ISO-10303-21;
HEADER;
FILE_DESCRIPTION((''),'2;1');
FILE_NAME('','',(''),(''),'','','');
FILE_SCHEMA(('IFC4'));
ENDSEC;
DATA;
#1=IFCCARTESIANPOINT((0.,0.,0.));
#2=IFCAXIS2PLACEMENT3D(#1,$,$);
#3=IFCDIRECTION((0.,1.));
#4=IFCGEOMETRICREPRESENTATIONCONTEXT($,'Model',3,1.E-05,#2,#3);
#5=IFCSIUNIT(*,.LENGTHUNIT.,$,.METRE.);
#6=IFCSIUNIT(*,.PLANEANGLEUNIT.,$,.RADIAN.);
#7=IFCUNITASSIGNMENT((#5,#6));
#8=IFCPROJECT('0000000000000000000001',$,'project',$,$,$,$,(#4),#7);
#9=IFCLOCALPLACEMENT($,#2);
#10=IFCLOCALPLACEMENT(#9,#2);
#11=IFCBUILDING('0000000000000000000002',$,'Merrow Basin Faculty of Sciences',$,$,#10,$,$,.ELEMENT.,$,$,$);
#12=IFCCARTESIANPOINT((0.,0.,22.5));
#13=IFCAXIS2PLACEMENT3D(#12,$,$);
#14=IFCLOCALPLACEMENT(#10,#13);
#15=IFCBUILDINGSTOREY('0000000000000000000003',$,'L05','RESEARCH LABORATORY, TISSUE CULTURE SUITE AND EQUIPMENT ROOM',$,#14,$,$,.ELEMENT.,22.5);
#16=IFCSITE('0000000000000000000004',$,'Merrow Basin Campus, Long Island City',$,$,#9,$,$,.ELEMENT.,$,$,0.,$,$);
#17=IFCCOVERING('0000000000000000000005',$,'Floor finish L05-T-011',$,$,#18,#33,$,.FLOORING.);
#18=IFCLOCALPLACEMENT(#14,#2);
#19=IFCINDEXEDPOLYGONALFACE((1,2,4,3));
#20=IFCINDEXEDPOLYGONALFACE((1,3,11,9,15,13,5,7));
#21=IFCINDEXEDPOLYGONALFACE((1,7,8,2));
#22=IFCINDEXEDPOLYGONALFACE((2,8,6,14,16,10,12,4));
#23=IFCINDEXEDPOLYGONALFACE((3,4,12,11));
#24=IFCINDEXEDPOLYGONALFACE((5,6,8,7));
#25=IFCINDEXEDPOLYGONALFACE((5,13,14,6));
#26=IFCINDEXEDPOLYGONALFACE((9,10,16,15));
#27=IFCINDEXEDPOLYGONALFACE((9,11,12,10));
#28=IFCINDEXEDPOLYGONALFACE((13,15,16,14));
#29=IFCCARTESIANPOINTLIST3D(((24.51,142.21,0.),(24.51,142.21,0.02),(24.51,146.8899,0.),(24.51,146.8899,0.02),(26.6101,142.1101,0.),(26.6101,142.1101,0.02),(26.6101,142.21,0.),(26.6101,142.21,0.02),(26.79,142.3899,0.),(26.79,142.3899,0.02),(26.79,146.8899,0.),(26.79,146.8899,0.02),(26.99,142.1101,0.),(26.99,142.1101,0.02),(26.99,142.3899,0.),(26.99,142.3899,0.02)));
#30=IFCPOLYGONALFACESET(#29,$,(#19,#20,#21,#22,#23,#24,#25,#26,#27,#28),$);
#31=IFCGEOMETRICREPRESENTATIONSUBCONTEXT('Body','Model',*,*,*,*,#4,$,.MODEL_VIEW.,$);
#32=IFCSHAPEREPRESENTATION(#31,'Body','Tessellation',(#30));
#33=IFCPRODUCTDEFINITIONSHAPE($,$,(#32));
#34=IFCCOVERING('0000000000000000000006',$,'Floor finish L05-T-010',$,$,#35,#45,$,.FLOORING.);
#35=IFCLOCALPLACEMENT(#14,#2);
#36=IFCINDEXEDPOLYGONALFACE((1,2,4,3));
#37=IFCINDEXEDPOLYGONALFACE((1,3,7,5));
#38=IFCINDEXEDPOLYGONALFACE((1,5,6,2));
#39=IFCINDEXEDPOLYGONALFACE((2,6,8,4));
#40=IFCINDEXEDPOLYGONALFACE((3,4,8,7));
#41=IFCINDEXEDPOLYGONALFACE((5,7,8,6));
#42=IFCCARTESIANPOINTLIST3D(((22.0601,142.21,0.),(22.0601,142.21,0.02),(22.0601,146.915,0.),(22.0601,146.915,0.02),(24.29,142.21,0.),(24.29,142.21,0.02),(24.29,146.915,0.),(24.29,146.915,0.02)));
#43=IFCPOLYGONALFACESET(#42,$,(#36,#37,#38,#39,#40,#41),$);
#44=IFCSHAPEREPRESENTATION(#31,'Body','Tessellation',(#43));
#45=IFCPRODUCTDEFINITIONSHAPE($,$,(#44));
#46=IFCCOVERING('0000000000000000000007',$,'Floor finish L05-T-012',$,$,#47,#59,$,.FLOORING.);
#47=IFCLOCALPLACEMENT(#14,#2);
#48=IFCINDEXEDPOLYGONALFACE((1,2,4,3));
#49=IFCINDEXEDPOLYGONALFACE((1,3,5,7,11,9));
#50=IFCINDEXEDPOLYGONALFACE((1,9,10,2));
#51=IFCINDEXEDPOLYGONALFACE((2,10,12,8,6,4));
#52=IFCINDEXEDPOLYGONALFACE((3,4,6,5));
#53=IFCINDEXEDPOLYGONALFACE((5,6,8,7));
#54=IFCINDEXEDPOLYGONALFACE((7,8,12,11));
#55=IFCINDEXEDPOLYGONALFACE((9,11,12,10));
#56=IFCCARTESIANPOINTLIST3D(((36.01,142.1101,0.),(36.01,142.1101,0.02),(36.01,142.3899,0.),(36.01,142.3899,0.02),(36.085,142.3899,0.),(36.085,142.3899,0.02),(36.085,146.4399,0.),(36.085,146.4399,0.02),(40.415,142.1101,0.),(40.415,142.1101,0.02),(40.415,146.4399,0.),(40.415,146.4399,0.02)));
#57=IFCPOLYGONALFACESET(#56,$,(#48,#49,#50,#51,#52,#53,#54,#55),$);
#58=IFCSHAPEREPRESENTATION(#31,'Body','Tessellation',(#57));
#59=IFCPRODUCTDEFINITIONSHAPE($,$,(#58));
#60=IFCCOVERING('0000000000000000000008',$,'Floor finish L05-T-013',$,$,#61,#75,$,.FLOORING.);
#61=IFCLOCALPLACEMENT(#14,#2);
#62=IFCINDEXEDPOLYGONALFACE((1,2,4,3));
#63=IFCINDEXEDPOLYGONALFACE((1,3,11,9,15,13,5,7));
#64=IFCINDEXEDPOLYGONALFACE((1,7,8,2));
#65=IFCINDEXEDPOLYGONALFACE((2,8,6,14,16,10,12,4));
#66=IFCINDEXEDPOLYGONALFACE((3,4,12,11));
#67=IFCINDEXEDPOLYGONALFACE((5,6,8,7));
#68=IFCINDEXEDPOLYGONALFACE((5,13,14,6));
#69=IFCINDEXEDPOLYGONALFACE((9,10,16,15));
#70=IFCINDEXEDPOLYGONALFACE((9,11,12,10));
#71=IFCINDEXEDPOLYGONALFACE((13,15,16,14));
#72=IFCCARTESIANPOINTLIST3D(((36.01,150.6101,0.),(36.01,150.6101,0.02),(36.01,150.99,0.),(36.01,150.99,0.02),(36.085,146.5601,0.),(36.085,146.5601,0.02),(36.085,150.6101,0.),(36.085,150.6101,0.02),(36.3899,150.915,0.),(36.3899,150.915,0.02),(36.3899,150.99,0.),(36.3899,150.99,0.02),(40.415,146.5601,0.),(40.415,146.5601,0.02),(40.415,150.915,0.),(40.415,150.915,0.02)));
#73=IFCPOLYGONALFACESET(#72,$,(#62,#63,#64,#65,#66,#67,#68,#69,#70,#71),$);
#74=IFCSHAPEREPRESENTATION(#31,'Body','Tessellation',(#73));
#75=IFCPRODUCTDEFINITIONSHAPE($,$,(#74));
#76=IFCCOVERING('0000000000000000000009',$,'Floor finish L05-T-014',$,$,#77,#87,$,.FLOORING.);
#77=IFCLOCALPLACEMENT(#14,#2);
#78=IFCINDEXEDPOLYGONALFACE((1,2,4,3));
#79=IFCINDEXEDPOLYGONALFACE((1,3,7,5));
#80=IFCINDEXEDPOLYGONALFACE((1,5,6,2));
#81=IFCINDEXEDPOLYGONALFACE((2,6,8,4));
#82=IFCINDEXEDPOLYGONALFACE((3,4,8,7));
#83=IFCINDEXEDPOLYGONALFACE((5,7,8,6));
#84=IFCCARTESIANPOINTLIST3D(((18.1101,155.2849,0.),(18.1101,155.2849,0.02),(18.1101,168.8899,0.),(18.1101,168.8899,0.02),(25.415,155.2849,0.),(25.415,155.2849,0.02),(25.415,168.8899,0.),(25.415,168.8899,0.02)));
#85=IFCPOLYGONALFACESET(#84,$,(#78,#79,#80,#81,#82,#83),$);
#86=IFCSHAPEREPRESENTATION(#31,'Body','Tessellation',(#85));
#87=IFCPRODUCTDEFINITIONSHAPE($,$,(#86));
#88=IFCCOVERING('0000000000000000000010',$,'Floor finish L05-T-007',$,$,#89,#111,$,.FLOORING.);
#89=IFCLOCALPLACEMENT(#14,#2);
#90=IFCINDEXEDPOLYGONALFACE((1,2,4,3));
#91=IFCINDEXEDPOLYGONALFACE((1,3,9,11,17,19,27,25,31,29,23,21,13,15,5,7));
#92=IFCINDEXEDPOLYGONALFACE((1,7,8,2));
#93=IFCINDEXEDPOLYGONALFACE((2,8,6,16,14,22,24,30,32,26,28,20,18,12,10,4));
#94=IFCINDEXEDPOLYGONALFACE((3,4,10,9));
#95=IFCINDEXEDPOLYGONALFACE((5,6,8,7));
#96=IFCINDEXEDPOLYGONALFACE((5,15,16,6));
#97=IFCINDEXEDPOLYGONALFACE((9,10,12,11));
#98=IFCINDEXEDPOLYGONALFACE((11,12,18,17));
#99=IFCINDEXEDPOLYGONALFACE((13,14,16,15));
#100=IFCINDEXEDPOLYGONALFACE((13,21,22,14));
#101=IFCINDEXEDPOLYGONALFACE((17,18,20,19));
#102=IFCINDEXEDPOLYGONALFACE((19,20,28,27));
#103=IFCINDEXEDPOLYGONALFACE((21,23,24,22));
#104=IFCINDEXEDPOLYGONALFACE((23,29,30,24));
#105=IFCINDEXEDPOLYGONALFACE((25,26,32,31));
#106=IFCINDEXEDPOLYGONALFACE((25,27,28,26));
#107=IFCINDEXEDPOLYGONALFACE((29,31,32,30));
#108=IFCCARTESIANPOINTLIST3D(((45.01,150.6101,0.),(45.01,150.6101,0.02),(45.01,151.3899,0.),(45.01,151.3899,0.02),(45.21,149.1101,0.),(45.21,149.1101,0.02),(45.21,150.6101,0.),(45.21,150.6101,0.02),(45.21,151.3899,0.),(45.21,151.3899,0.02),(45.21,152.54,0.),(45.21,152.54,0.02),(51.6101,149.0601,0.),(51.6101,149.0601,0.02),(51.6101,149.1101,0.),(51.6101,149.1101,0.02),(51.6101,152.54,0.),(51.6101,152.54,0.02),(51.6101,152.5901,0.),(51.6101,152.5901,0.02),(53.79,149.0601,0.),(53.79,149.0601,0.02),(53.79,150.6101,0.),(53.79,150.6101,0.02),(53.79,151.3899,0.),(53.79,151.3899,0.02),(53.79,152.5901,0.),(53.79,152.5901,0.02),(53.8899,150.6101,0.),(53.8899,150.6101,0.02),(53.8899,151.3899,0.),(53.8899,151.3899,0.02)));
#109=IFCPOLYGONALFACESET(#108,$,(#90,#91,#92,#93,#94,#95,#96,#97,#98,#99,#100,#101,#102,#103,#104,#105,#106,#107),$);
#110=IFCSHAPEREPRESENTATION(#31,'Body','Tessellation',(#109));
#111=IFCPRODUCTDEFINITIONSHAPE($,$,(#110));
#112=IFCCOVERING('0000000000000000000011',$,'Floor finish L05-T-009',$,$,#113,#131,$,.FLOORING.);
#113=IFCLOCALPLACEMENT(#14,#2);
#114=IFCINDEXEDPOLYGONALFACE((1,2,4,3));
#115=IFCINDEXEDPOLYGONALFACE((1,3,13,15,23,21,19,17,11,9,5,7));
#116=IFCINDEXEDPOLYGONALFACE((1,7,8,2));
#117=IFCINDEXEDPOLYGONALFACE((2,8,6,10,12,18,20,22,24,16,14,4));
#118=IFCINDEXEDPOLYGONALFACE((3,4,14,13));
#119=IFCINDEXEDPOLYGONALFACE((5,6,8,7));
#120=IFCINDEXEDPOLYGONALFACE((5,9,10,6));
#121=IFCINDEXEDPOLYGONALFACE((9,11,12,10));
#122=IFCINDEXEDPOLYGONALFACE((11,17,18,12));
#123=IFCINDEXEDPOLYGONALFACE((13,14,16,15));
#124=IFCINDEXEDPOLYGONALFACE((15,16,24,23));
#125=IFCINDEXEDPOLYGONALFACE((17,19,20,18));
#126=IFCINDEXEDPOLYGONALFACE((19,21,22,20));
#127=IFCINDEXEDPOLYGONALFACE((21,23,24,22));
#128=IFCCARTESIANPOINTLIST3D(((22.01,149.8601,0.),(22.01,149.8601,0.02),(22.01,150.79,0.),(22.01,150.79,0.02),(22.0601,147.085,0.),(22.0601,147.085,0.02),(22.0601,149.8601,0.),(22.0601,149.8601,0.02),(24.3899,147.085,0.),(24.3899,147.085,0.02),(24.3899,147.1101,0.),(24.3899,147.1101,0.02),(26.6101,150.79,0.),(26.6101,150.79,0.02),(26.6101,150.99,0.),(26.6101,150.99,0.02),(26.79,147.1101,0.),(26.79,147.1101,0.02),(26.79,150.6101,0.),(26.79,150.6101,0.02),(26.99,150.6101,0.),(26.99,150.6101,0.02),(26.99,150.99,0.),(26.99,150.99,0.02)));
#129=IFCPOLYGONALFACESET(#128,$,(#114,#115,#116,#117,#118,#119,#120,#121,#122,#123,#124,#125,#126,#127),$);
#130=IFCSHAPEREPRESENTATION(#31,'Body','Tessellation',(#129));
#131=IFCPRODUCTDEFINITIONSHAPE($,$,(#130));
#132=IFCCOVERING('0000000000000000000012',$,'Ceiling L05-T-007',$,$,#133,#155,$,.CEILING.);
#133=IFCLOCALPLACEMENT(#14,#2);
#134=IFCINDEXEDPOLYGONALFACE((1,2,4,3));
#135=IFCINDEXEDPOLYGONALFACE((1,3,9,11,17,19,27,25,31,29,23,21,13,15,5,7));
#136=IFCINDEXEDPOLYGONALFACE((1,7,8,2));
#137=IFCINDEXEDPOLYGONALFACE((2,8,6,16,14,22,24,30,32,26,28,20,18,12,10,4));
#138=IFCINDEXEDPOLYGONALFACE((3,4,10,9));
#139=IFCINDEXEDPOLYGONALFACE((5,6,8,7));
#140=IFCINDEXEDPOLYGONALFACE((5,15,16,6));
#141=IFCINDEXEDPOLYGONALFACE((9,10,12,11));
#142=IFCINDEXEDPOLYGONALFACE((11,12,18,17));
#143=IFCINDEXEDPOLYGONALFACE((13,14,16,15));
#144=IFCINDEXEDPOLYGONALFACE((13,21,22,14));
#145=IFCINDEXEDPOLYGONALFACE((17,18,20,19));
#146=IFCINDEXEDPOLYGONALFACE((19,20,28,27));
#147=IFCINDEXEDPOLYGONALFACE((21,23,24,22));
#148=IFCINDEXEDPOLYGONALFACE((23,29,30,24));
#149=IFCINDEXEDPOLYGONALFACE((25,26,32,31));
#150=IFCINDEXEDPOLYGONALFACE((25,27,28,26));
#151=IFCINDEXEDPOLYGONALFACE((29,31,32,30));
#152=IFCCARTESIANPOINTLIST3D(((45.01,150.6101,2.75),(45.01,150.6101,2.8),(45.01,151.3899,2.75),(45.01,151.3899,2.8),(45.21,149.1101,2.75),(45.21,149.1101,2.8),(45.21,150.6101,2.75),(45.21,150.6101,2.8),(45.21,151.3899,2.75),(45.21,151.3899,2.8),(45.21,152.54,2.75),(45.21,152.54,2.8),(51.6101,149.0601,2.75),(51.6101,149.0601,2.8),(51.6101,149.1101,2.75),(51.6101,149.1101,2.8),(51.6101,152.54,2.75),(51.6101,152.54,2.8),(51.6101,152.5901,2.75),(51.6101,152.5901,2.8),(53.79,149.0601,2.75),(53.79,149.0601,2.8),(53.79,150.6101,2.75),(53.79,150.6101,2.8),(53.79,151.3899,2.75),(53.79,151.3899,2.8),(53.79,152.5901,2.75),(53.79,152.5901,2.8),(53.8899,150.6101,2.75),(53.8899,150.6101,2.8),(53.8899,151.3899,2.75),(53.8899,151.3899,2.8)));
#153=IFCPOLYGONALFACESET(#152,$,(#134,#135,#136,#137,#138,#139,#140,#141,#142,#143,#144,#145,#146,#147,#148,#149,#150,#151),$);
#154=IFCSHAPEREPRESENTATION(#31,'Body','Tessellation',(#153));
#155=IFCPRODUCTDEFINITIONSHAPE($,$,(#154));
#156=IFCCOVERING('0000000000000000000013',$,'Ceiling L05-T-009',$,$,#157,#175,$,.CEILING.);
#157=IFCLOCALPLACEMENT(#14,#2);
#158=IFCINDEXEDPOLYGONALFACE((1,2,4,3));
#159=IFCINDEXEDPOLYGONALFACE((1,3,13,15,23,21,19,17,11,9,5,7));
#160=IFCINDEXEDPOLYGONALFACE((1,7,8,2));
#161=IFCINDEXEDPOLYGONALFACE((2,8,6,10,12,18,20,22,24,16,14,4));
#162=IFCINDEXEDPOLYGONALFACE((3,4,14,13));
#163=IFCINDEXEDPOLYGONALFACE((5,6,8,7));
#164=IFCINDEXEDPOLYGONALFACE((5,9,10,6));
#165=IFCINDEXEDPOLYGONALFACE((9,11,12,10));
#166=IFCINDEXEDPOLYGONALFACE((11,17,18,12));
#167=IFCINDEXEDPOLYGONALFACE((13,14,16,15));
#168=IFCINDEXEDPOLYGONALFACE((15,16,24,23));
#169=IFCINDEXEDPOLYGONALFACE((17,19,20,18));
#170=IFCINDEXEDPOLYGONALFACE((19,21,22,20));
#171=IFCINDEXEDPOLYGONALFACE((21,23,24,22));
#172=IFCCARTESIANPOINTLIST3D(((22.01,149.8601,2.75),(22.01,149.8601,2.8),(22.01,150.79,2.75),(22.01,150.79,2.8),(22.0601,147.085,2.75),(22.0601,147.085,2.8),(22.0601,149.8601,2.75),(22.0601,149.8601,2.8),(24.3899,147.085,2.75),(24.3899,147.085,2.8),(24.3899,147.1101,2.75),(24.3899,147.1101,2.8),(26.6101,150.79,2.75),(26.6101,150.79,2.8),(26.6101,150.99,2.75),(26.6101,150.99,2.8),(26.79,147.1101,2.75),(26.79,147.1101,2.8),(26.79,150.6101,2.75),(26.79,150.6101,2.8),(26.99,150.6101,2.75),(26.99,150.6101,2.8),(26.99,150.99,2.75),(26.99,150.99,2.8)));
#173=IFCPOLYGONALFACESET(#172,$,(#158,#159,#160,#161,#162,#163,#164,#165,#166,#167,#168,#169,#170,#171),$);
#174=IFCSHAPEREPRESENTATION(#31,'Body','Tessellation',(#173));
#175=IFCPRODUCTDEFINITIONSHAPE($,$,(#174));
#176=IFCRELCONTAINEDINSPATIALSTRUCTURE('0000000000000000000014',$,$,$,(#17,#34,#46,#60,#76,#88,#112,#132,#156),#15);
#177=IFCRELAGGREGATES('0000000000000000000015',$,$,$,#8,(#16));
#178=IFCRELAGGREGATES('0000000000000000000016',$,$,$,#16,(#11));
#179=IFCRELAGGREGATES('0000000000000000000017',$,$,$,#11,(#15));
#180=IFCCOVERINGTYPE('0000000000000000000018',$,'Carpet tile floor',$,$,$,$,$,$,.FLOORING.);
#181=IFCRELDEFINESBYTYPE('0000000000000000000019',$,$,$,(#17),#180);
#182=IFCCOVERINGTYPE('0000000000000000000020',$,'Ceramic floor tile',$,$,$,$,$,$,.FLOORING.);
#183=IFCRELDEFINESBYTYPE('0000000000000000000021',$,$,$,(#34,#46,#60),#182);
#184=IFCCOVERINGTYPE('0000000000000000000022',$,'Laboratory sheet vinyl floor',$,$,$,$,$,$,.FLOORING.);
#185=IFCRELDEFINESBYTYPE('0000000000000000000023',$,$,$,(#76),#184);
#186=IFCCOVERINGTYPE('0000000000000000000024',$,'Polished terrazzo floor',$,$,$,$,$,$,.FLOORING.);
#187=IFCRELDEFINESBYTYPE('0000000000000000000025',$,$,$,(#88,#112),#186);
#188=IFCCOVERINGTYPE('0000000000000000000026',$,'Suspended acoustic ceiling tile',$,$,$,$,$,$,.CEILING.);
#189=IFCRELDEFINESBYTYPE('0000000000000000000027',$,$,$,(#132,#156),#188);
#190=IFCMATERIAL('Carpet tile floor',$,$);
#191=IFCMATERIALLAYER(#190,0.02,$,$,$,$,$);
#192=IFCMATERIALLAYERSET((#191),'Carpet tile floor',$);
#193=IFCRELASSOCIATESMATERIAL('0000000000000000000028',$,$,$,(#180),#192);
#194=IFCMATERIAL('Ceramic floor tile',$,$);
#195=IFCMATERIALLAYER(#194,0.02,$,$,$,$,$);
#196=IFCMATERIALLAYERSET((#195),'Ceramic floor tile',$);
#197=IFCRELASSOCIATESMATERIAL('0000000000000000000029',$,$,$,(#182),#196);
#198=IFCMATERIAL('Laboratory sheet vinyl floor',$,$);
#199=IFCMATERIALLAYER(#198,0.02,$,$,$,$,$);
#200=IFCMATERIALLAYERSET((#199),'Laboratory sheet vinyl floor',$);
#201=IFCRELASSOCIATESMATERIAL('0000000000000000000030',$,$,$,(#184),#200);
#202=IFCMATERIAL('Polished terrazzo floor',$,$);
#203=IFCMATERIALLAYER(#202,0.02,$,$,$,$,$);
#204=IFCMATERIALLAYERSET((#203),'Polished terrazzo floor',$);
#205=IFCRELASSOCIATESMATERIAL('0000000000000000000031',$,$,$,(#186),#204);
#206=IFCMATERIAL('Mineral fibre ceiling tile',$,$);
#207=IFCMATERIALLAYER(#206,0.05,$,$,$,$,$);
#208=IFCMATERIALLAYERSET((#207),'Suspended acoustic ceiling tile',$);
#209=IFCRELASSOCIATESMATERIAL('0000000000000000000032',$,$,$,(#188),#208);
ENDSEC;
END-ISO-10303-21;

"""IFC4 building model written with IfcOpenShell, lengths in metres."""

from ifc_helpers import new_model, si_unit, direction, frame, origin, place, context, subcontext, project, spatial, polyline, outline, extrude, material, layer, layer_set, type_object, element, save


model = new_model("IFC4")

# Units and contexts
model_context = context("Model", 3, precision=1e-05, world=origin(), true_north=direction((0.0, 1.0)))
body_context = subcontext(model_context, "Body", "Model", "MODEL_VIEW")
ifc_project = project(units=[si_unit("LENGTHUNIT", "METRE"), si_unit("PLANEANGLEUNIT", "RADIAN")], contexts=[model_context])

# Site, building, storey
site_placement = place(None, origin())
site = spatial("IfcSite", under=ifc_project, at=site_placement, Name="Merrow Basin Campus, Long Island City", CompositionType="ELEMENT", RefElevation=0.0)
building_placement = place(site_placement, origin())
building = spatial("IfcBuilding", under=site, at=building_placement, Name="Merrow Basin Faculty of Sciences", CompositionType="ELEMENT")
storey_placement = place(building_placement, frame((0.0, 0.0, 22.5)))
storey = spatial("IfcBuildingStorey", under=building, at=storey_placement, Name="L05", Description="RESEARCH LABORATORY, TISSUE CULTURE SUITE AND EQUIPMENT ROOM", CompositionType="ELEMENT", Elevation=22.5)

# Coverings
ifc_material_1 = material(Name="Carpet tile floor")
ifc_layer_1 = layer(ifc_material_1, 0.02)
ifc_layer_set_1 = layer_set([ifc_layer_1], Name="Carpet tile floor")
covering_type_1 = type_object("IfcCoveringType", Name="Carpet tile floor", PredefinedType="FLOORING", material=ifc_layer_set_1)
covering_1_placement = place(storey_placement, origin())
element("IfcCovering", 1, at=covering_1_placement, inside=storey, type_object=covering_type_1, Name="Floor finish L05-T-011", PredefinedType="FLOORING", context=body_context, shape_type="SweptSolid", body=[
    extrude(outline(polyline([(26.99, 142.1101), (26.6101, 142.1101), (26.6101, 142.21), (24.51, 142.21), (24.51, 146.8899), (26.79, 146.8899), (26.79, 142.3899), (26.99, 142.3899), (26.99, 142.1101)])), origin(), (0.0, 0.0, 1.0), 0.02),
])
ifc_material_2 = material(Name="Ceramic floor tile")
ifc_layer_2 = layer(ifc_material_2, 0.02)
ifc_layer_set_2 = layer_set([ifc_layer_2], Name="Ceramic floor tile")
covering_type_2 = type_object("IfcCoveringType", Name="Ceramic floor tile", PredefinedType="FLOORING", material=ifc_layer_set_2)
covering_2_placement = place(storey_placement, origin())
element("IfcCovering", 2, at=covering_2_placement, inside=storey, type_object=covering_type_2, Name="Floor finish L05-T-010", PredefinedType="FLOORING", context=body_context, shape_type="SweptSolid", body=[
    extrude(outline(polyline([(24.29, 146.915), (24.29, 142.21), (22.0601, 142.21), (22.0601, 146.915), (24.29, 146.915)])), origin(), (0.0, 0.0, 1.0), 0.02),
])
covering_3_placement = place(storey_placement, origin())
element("IfcCovering", 3, at=covering_3_placement, inside=storey, type_object=covering_type_2, Name="Floor finish L05-T-012", PredefinedType="FLOORING", context=body_context, shape_type="SweptSolid", body=[
    extrude(outline(polyline([(36.01, 142.1101), (36.01, 142.3899), (36.085, 142.3899), (36.085, 146.4399), (40.415, 146.4399), (40.415, 142.1101), (36.01, 142.1101)])), origin(), (0.0, 0.0, 1.0), 0.02),
])
covering_4_placement = place(storey_placement, origin())
element("IfcCovering", 4, at=covering_4_placement, inside=storey, type_object=covering_type_2, Name="Floor finish L05-T-013", PredefinedType="FLOORING", context=body_context, shape_type="SweptSolid", body=[
    extrude(outline(polyline([(36.01, 150.99), (36.3899, 150.99), (36.3899, 150.915), (40.415, 150.915), (40.415, 146.5601), (36.085, 146.5601), (36.085, 150.6101), (36.01, 150.6101), (36.01, 150.99)])), origin(), (0.0, 0.0, 1.0), 0.02),
])
ifc_material_3 = material(Name="Laboratory sheet vinyl floor")
ifc_layer_3 = layer(ifc_material_3, 0.02)
ifc_layer_set_3 = layer_set([ifc_layer_3], Name="Laboratory sheet vinyl floor")
covering_type_3 = type_object("IfcCoveringType", Name="Laboratory sheet vinyl floor", PredefinedType="FLOORING", material=ifc_layer_set_3)
covering_5_placement = place(storey_placement, origin())
element("IfcCovering", 5, at=covering_5_placement, inside=storey, type_object=covering_type_3, Name="Floor finish L05-T-014", PredefinedType="FLOORING", context=body_context, shape_type="SweptSolid", body=[
    extrude(outline(polyline([(18.1101, 168.8899), (25.415, 168.8899), (25.415, 155.2849), (18.1101, 155.2849), (18.1101, 168.8899)])), origin(), (0.0, 0.0, 1.0), 0.02),
])
ifc_material_4 = material(Name="Polished terrazzo floor")
ifc_layer_4 = layer(ifc_material_4, 0.02)
ifc_layer_set_4 = layer_set([ifc_layer_4], Name="Polished terrazzo floor")
covering_type_4 = type_object("IfcCoveringType", Name="Polished terrazzo floor", PredefinedType="FLOORING", material=ifc_layer_set_4)
covering_6_placement = place(storey_placement, origin())
element("IfcCovering", 6, at=covering_6_placement, inside=storey, type_object=covering_type_4, Name="Floor finish L05-T-007", PredefinedType="FLOORING", context=body_context, shape_type="SweptSolid", body=[
    extrude(outline(polyline([(45.01, 151.3899), (45.21, 151.3899), (45.21, 152.54), (51.6101, 152.54), (51.6101, 152.5901), (53.79, 152.5901), (53.79, 151.3899), (53.8899, 151.3899), (53.8899, 150.6101), (53.79, 150.6101), (53.79, 149.0601), (51.6101, 149.0601), (51.6101, 149.1101), (45.21, 149.1101), (45.21, 150.6101), (45.01, 150.6101), (45.01, 151.3899)])), origin(), (0.0, 0.0, 1.0), 0.02),
])
covering_7_placement = place(storey_placement, origin())
element("IfcCovering", 7, at=covering_7_placement, inside=storey, type_object=covering_type_4, Name="Floor finish L05-T-009", PredefinedType="FLOORING", context=body_context, shape_type="SweptSolid", body=[
    extrude(outline(polyline([(26.99, 150.99), (26.99, 150.6101), (26.79, 150.6101), (26.79, 147.1101), (24.3899, 147.1101), (24.3899, 147.085), (22.0601, 147.085), (22.0601, 149.8601), (22.01, 149.8601), (22.01, 150.79), (26.6101, 150.79), (26.6101, 150.99), (26.99, 150.99)])), origin(), (0.0, 0.0, 1.0), 0.02),
])
ifc_material_5 = material(Name="Mineral fibre ceiling tile")
ifc_layer_5 = layer(ifc_material_5, 0.05)
ifc_layer_set_5 = layer_set([ifc_layer_5], Name="Suspended acoustic ceiling tile")
covering_type_5 = type_object("IfcCoveringType", Name="Suspended acoustic ceiling tile", PredefinedType="CEILING", material=ifc_layer_set_5)
covering_8_placement = place(storey_placement, frame((0.0, 0.0, 2.75)))
element("IfcCovering", 8, at=covering_8_placement, inside=storey, type_object=covering_type_5, Name="Ceiling L05-T-007", PredefinedType="CEILING", context=body_context, shape_type="SweptSolid", body=[
    extrude(outline(polyline([(45.01, 151.3899), (45.21, 151.3899), (45.21, 152.54), (51.6101, 152.54), (51.6101, 152.5901), (53.79, 152.5901), (53.79, 151.3899), (53.8899, 151.3899), (53.8899, 150.6101), (53.79, 150.6101), (53.79, 149.0601), (51.6101, 149.0601), (51.6101, 149.1101), (45.21, 149.1101), (45.21, 150.6101), (45.01, 150.6101), (45.01, 151.3899)])), origin(), (0.0, 0.0, 1.0), 0.05),
])
covering_9_placement = place(storey_placement, frame((0.0, 0.0, 2.75)))
element("IfcCovering", 9, at=covering_9_placement, inside=storey, type_object=covering_type_5, Name="Ceiling L05-T-009", PredefinedType="CEILING", context=body_context, shape_type="SweptSolid", body=[
    extrude(outline(polyline([(26.99, 150.99), (26.99, 150.6101), (26.79, 150.6101), (26.79, 147.1101), (24.3899, 147.1101), (24.3899, 147.085), (22.0601, 147.085), (22.0601, 149.8601), (22.01, 149.8601), (22.01, 150.79), (26.6101, 150.79), (26.6101, 150.99), (26.99, 150.99)])), origin(), (0.0, 0.0, 1.0), 0.05),
])

save(model, "model.ifc")
